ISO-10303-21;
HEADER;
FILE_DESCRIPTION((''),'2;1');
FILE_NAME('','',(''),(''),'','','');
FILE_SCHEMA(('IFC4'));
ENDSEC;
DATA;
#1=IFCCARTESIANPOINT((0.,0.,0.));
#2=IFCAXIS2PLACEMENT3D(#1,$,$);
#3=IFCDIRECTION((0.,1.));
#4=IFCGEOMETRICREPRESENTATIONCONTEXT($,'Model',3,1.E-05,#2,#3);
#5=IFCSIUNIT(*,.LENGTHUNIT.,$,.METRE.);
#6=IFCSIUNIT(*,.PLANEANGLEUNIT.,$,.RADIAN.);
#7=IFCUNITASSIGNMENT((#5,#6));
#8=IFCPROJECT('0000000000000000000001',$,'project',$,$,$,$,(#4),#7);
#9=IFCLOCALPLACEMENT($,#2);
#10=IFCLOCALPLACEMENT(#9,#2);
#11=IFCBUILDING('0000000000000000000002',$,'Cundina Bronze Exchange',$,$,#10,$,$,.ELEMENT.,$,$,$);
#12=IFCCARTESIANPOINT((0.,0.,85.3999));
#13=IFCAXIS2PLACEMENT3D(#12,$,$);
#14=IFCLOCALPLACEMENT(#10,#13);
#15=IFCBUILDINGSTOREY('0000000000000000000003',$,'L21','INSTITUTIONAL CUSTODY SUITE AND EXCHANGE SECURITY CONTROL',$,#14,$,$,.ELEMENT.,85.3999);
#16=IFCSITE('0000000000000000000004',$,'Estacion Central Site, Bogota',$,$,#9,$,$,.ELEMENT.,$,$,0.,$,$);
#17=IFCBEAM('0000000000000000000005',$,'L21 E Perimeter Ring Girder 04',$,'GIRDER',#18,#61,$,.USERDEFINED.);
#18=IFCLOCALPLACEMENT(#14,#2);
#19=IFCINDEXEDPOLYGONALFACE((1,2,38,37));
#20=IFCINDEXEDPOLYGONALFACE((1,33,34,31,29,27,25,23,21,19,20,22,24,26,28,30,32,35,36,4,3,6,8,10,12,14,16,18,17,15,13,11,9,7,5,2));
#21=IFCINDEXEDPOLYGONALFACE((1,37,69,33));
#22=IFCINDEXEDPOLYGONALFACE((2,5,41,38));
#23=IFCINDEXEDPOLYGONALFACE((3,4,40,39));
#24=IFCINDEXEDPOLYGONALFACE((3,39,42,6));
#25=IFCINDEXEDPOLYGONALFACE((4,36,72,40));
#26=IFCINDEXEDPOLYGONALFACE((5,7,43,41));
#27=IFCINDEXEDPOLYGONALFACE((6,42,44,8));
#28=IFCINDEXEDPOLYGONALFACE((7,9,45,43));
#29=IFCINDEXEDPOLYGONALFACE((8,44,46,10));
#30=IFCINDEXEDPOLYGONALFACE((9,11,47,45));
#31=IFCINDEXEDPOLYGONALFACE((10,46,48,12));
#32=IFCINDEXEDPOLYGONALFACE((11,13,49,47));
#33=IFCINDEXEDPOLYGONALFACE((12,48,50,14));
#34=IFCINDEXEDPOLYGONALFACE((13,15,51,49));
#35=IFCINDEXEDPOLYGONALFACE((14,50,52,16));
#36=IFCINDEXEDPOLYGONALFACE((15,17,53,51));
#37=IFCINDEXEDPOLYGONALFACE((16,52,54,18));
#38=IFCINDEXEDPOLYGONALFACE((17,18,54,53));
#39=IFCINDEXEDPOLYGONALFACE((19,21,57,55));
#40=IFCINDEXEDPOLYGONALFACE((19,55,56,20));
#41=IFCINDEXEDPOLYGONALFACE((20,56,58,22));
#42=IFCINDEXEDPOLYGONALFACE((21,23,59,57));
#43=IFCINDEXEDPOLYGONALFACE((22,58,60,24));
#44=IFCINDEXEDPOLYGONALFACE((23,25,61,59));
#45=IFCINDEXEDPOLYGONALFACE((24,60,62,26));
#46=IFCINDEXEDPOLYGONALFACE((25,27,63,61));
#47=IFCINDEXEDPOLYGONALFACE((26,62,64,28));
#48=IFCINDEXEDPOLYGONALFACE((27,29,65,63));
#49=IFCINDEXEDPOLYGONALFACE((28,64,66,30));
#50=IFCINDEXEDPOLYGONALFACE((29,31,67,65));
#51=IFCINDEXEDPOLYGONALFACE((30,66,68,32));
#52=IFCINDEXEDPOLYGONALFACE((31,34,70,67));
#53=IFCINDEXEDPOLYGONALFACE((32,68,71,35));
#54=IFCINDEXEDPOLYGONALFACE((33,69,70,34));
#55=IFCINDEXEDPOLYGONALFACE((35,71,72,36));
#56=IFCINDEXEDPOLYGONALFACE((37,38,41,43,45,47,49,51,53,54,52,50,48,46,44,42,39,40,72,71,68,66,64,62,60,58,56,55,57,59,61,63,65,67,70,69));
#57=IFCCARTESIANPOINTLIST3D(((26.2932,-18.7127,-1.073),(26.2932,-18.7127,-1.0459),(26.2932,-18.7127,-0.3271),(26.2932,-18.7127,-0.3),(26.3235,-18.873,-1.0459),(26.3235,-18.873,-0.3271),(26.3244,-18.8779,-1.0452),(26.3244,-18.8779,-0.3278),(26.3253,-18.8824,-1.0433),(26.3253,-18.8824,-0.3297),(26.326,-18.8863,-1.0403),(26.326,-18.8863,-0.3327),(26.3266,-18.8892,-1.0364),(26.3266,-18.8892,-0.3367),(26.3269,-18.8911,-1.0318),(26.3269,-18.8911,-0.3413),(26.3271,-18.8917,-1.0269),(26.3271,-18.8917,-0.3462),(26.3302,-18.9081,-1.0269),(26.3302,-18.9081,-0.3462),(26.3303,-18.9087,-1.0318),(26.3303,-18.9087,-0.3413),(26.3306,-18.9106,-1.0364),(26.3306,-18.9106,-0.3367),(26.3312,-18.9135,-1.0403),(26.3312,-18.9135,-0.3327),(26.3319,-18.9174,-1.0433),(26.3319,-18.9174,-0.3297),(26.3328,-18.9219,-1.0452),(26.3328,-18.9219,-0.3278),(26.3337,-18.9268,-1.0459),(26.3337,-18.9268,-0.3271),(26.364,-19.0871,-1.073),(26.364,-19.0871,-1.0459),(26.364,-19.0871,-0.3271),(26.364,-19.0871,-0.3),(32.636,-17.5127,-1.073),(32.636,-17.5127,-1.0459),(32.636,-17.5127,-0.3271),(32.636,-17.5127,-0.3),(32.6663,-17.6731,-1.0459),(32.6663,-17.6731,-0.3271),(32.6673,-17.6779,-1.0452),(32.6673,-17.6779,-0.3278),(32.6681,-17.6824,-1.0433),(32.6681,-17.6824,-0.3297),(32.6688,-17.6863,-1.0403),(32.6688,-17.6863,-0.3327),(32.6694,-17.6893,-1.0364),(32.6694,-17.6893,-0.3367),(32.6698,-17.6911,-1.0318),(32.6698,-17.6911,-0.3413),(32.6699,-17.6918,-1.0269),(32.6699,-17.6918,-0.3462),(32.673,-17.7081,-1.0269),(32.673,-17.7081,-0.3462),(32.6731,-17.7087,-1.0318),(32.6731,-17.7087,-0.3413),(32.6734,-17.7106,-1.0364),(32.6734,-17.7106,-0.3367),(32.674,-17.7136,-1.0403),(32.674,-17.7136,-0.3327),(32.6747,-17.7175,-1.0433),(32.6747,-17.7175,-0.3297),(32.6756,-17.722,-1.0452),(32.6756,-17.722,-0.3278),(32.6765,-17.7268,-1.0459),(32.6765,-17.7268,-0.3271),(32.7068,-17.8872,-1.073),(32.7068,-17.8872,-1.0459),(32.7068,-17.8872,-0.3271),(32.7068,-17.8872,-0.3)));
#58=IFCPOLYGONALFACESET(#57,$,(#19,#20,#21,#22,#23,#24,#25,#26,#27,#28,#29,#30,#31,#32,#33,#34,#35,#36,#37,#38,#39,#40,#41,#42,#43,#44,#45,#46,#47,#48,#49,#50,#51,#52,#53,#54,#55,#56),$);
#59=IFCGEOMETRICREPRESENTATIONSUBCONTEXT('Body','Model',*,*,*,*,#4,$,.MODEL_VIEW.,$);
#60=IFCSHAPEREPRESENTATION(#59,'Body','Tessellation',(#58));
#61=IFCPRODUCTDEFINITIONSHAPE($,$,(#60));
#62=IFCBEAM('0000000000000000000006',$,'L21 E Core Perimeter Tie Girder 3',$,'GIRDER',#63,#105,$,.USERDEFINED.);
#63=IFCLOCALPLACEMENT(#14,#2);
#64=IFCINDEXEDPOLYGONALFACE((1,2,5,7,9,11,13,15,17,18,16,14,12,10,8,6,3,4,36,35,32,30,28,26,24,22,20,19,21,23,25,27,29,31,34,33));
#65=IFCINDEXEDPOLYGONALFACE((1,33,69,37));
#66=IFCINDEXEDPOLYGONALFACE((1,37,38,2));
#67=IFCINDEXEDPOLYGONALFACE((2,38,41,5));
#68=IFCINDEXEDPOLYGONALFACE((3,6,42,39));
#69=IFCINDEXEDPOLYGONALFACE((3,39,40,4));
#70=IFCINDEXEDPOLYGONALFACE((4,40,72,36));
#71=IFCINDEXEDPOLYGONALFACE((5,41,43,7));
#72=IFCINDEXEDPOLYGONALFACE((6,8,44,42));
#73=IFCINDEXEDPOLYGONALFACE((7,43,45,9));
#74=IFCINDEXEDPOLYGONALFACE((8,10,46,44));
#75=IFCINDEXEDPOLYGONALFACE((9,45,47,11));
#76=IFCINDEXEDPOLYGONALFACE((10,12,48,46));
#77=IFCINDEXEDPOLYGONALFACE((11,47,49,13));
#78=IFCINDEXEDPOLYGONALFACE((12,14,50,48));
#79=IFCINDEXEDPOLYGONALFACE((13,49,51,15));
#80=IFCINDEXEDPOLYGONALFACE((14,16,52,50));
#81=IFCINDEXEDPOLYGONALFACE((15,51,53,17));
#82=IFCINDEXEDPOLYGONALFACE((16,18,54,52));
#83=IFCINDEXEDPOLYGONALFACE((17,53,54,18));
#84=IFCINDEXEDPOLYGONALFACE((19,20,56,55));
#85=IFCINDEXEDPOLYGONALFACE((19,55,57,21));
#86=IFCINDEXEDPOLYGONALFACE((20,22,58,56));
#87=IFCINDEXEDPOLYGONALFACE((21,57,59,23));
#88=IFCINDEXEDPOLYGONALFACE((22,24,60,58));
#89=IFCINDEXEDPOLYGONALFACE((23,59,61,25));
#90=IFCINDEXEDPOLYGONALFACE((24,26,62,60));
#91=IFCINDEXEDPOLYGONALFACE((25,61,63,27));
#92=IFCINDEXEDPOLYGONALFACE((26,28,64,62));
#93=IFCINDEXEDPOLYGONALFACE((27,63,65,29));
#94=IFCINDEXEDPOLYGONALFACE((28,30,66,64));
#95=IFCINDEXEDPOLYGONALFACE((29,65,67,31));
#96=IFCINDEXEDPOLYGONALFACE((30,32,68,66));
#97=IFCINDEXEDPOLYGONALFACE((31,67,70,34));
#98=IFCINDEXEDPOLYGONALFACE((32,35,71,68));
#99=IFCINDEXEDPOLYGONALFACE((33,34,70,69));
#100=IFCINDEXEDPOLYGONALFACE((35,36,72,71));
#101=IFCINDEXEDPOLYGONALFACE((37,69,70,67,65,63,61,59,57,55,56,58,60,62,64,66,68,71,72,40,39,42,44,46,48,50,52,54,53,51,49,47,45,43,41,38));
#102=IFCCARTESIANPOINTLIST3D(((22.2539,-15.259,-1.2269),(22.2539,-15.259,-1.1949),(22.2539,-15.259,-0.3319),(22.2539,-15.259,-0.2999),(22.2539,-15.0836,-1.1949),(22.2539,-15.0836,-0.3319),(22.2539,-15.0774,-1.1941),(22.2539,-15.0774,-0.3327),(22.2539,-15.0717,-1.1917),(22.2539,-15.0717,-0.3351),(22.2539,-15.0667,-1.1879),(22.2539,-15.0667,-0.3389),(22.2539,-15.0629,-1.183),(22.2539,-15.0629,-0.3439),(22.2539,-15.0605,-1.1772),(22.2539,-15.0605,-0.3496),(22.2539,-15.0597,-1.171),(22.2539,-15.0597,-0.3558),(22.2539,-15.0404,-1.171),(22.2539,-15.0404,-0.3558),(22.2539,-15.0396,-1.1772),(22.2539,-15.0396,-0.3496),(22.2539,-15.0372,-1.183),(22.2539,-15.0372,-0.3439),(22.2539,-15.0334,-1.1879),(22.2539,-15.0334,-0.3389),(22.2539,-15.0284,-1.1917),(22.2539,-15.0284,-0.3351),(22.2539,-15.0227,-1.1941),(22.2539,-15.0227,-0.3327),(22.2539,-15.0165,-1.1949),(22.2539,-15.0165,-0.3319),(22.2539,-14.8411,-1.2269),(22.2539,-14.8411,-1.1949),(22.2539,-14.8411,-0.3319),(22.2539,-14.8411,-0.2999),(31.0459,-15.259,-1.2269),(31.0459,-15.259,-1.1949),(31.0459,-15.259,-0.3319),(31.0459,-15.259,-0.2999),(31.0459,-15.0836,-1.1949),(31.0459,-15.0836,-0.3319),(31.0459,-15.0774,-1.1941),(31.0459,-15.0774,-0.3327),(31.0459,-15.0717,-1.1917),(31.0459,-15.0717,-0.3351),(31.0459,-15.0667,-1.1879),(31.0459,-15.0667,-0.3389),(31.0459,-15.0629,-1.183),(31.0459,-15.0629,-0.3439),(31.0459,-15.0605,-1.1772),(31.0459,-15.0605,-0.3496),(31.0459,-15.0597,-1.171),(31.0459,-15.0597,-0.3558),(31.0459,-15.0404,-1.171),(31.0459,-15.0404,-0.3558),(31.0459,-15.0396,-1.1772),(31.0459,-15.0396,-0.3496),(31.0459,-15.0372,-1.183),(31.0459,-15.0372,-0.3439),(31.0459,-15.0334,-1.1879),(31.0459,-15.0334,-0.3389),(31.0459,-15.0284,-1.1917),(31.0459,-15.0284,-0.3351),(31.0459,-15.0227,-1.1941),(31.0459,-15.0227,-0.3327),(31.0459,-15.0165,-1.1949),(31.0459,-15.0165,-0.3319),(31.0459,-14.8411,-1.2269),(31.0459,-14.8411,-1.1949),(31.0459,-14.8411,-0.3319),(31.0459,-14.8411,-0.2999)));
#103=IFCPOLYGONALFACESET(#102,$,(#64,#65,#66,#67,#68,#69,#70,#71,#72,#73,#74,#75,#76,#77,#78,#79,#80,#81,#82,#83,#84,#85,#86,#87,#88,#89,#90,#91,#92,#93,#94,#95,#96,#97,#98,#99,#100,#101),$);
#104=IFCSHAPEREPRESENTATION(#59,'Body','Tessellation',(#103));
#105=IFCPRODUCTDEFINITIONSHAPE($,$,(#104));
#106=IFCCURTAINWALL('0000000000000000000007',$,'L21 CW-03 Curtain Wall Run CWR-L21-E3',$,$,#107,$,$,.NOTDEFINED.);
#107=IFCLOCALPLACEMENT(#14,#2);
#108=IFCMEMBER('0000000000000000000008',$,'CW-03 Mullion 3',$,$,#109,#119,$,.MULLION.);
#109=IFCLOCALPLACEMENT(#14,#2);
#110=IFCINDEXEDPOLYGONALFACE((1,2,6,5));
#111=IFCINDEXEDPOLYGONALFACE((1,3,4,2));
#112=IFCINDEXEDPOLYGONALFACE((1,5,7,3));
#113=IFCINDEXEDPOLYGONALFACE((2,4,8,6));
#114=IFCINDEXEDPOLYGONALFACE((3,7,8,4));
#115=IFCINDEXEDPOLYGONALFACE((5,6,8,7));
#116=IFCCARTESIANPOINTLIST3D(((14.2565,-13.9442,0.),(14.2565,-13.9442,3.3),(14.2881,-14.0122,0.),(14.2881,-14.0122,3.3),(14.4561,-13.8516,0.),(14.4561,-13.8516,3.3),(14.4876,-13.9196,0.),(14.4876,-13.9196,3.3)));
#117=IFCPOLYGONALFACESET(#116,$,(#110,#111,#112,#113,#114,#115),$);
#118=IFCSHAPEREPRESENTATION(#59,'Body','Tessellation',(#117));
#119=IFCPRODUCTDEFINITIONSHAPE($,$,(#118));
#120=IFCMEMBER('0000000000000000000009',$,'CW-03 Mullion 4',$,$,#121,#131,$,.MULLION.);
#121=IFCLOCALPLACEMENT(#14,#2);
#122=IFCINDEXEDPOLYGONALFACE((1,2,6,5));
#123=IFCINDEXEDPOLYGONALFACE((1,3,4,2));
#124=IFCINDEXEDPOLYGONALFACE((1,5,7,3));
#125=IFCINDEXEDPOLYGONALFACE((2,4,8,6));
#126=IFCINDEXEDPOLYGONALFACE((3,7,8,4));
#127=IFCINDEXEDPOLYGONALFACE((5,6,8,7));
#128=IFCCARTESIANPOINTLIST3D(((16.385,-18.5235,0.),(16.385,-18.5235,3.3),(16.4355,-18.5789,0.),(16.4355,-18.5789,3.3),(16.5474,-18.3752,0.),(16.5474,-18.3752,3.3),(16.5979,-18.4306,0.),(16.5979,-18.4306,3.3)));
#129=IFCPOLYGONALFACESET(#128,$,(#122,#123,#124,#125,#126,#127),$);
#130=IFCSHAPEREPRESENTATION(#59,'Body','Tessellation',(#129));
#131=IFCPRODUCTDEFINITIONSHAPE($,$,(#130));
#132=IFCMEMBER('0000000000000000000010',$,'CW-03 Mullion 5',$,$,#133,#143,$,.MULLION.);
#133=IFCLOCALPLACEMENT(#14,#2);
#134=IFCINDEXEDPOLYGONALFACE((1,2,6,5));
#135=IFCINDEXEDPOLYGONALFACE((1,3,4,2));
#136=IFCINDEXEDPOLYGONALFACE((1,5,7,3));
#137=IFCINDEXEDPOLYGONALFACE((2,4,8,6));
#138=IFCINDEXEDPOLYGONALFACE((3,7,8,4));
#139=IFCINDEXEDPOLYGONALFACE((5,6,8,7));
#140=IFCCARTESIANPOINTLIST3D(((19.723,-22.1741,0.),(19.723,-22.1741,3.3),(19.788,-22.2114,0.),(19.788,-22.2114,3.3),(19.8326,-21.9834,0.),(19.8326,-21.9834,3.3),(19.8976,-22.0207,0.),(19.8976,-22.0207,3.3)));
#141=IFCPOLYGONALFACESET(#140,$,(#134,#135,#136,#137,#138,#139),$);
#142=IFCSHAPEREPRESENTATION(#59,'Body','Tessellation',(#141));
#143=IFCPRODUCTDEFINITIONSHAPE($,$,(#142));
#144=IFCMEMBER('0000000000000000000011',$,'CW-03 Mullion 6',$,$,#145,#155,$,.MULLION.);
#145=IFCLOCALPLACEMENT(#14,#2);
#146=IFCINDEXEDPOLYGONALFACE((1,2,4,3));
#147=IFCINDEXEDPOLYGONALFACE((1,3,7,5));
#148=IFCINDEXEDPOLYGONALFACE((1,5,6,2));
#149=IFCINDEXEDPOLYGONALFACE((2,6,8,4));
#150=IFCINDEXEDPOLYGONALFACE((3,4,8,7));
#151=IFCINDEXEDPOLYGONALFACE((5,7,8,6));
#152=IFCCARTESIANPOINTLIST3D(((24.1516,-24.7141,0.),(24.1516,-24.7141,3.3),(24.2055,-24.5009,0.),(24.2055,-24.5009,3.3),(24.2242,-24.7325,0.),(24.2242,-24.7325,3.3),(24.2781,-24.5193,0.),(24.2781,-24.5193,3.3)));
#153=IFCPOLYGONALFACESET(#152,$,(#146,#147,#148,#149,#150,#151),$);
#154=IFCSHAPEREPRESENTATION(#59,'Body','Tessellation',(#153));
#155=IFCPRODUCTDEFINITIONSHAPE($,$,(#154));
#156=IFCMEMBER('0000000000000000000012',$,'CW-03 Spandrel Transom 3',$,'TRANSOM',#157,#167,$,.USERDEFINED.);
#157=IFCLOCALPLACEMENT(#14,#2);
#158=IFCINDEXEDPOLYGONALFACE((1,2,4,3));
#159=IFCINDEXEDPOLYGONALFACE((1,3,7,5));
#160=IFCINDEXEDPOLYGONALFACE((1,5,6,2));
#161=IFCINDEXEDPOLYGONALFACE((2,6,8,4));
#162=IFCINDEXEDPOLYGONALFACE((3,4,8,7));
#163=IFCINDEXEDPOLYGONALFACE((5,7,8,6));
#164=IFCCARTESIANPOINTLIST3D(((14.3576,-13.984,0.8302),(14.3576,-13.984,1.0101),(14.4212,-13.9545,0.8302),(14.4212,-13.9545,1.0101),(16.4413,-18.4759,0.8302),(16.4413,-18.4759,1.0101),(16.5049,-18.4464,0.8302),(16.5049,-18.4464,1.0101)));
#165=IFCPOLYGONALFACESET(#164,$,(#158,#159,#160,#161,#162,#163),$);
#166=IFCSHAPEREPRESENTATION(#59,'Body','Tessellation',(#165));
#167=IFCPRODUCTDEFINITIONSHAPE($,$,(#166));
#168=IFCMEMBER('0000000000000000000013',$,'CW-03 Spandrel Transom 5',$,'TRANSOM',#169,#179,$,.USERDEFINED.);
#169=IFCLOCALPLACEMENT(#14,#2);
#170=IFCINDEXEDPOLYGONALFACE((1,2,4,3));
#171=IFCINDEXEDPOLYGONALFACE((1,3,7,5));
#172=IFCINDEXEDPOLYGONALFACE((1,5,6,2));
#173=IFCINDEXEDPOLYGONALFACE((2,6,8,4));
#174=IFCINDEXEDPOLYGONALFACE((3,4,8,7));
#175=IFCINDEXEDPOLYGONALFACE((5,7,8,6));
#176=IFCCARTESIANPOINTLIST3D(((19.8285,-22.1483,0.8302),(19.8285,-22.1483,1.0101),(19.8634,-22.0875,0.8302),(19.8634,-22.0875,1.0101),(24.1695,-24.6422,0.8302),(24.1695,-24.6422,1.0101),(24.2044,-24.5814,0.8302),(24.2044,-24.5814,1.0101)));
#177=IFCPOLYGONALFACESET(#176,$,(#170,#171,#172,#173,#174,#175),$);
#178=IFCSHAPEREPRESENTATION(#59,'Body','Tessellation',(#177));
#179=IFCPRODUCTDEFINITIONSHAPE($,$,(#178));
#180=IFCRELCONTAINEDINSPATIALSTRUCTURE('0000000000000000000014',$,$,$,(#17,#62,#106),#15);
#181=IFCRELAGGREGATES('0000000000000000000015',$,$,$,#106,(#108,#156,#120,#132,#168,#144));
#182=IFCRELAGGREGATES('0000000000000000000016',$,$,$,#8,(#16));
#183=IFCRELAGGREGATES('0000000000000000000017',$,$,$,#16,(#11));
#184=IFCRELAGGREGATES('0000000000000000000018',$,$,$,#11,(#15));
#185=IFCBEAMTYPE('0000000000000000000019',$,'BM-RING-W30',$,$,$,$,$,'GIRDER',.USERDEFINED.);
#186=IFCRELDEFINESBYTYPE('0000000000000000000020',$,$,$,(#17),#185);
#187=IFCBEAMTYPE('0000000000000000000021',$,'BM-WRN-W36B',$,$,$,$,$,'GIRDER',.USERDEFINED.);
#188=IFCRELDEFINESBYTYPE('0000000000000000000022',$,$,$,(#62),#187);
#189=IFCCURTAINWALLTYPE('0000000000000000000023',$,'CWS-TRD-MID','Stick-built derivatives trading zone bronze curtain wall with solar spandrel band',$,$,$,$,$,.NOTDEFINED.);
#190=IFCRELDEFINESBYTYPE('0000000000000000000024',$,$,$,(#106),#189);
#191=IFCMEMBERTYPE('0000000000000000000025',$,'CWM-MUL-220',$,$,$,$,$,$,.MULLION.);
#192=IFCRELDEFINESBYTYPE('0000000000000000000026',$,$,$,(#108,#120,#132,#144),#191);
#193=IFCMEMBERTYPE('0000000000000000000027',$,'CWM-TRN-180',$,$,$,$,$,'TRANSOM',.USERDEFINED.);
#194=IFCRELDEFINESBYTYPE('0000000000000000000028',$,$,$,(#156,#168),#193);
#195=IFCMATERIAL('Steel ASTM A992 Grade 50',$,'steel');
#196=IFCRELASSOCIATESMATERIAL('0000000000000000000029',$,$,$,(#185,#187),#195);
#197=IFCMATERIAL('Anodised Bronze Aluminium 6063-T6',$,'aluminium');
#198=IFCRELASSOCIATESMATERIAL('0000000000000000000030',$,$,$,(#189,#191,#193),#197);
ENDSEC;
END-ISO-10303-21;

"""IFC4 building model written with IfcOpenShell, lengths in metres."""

from ifc_helpers import new_model, si_unit, direction, frame, origin, origin_2d, place, context, subcontext, project, spatial, rectangle, i_section, extrude, material, material_profile, profile_set, type_object, element, aggregate, save


model = new_model("IFC4")

# Units and contexts
model_context = context("Model", 3, precision=1e-05, world=origin(), true_north=direction((0.0, 1.0)))
body_context = subcontext(model_context, "Body", "Model", "MODEL_VIEW")
ifc_project = project(units=[si_unit("LENGTHUNIT", "METRE"), si_unit("PLANEANGLEUNIT", "RADIAN")], contexts=[model_context])

# Site, building, storey
site_placement = place(None, origin())
site = spatial("IfcSite", under=ifc_project, at=site_placement, Name="Estacion Central Site, Bogota", CompositionType="ELEMENT", RefElevation=0.0)
building_placement = place(site_placement, origin())
building = spatial("IfcBuilding", under=site, at=building_placement, Name="Cundina Bronze Exchange", CompositionType="ELEMENT")
storey_placement = place(building_placement, frame((0.0, 0.0, 85.3999)))
storey = spatial("IfcBuildingStorey", under=building, at=storey_placement, Name="L21", Description="INSTITUTIONAL CUSTODY SUITE AND EXCHANGE SECURITY CONTROL", CompositionType="ELEMENT", Elevation=85.3999)

# Shared definitions
ifc_material_1 = material(Name="Steel ASTM A992 Grade 50", Category="steel")

# Beams
ifc_material_profile_1 = material_profile(ifc_material_1, i_section(OverallWidth=0.3811, OverallDepth=0.7729, WebThickness=0.0166, FlangeThickness=0.0271, FilletRadius=0.019, at=origin_2d()), Name="W30X173", Category="steel")
ifc_profile_set_1 = profile_set([ifc_material_profile_1], Name="Steel ASTM A992 Grade 50")
beam_type_1 = type_object("IfcBeamType", Name="BM-RING-W30", ElementType="GIRDER", PredefinedType="USERDEFINED", material=ifc_profile_set_1)
beam_1_placement = place(storey_placement, frame((26.3286, -18.8999, -0.6865), z_axis=(0.982571, 0.185887, 0.0), x_axis=(-0.185887, 0.982571, 0.0)))
element("IfcBeam", 1, at=beam_1_placement, inside=storey, type_object=beam_type_1, Name="L21 E Perimeter Ring Girder 04", ObjectType="GIRDER", PredefinedType="USERDEFINED", context=body_context, shape_type="SweptSolid", body=[
    extrude(i_section(OverallWidth=0.3811, OverallDepth=0.7729, WebThickness=0.0166, FlangeThickness=0.0271, FilletRadius=0.019, at=origin_2d()), origin(), (0.0, 0.0, 1.0), 6.4553),
])
ifc_material_profile_2 = material_profile(ifc_material_1, i_section(OverallWidth=0.418, OverallDepth=0.927, WebThickness=0.0193, FlangeThickness=0.032, FilletRadius=0.0239, at=origin_2d()), Name="W36X231", Category="steel")
ifc_profile_set_2 = profile_set([ifc_material_profile_2], Name="Steel ASTM A992 Grade 50")
beam_type_2 = type_object("IfcBeamType", Name="BM-WRN-W36B", ElementType="GIRDER", PredefinedType="USERDEFINED", material=ifc_profile_set_2)
beam_2_placement = place(storey_placement, frame((22.2539, -15.05, -0.7634), z_axis=(1.0, 0.0, 0.0), x_axis=(0.0, 1.0, 0.0)))
element("IfcBeam", 2, at=beam_2_placement, inside=storey, type_object=beam_type_2, Name="L21 E Core Perimeter Tie Girder 3", ObjectType="GIRDER", PredefinedType="USERDEFINED", context=body_context, shape_type="SweptSolid", body=[
    extrude(i_section(OverallWidth=0.418, OverallDepth=0.927, WebThickness=0.0193, FlangeThickness=0.032, FilletRadius=0.0239, at=origin_2d()), origin(), (0.0, 0.0, 1.0), 8.792),
])

# Curtain wall, members
ifc_material_2 = material(Name="Anodised Bronze Aluminium 6063-T6", Category="aluminium")
curtain_wall_type = type_object("IfcCurtainWallType", Name="CWS-TRD-MID", Description="Stick-built derivatives trading zone bronze curtain wall with solar spandrel band", PredefinedType="NOTDEFINED", material=ifc_material_2)
curtain_wall_placement = place(storey_placement, origin())
curtain_wall = element("IfcCurtainWall", 3, at=curtain_wall_placement, inside=storey, type_object=curtain_wall_type, Name="L21 CW-03 Curtain Wall Run CWR-L21-E3", PredefinedType="NOTDEFINED")
ifc_material_profile_3 = material_profile(ifc_material_2, rectangle(XDim=0.075, YDim=0.22, at=origin_2d()), Name="AL75X220", Category="aluminium")
ifc_profile_set_3 = profile_set([ifc_material_profile_3], Name="Anodised Bronze Aluminium 6063-T6")
member_type_1 = type_object("IfcMemberType", Name="CWM-MUL-220", PredefinedType="MULLION", material=ifc_profile_set_3)
member_1_placement = place(storey_placement, frame((14.3721, -13.9319, 0.0), z_axis=(0.0, 0.0, 1.0), x_axis=(0.420877, -0.907117, 0.0)))
member_1 = element("IfcMember", 4, at=member_1_placement, type_object=member_type_1, Name="CW-03 Mullion 3", PredefinedType="MULLION", context=body_context, shape_type="SweptSolid", body=[
    extrude(rectangle(XDim=0.075, YDim=0.22, at=origin_2d()), origin(), (0.0, 0.0, 1.0), 3.3),
])
member_2_placement = place(storey_placement, frame((16.4915, -18.4771, 0.0), z_axis=(0.0, 0.0, 1.0), x_axis=(0.674302, -0.738455, 0.0)))
member_2 = element("IfcMember", 5, at=member_2_placement, type_object=member_type_1, Name="CW-03 Mullion 4", PredefinedType="MULLION", context=body_context, shape_type="SweptSolid", body=[
    extrude(rectangle(XDim=0.075, YDim=0.22, at=origin_2d()), origin(), (0.0, 0.0, 1.0), 3.3),
])
member_3_placement = place(storey_placement, frame((19.8103, -22.0974, 0.0), z_axis=(0.0, 0.0, 1.0), x_axis=(0.867071, -0.498185, 0.0)))
member_3 = element("IfcMember", 6, at=member_3_placement, type_object=member_type_1, Name="CW-03 Mullion 5", PredefinedType="MULLION", context=body_context, shape_type="SweptSolid", body=[
    extrude(rectangle(XDim=0.075, YDim=0.22, at=origin_2d()), origin(), (0.0, 0.0, 1.0), 3.3),
])
member_4_placement = place(storey_placement, frame((24.2148, -24.6167, 0.0), z_axis=(0.0, 0.0, 1.0), x_axis=(0.969488, -0.245138, 0.0)))
member_4 = element("IfcMember", 7, at=member_4_placement, type_object=member_type_1, Name="CW-03 Mullion 6", PredefinedType="MULLION", context=body_context, shape_type="SweptSolid", body=[
    extrude(rectangle(XDim=0.075, YDim=0.22, at=origin_2d()), origin(), (0.0, 0.0, 1.0), 3.3),
])
ifc_material_profile_4 = material_profile(ifc_material_2, rectangle(XDim=0.0701, YDim=0.1799, at=origin_2d()), Name="AL70X180", Category="aluminium")
ifc_profile_set_4 = profile_set([ifc_material_profile_4], Name="Anodised Bronze Aluminium 6063-T6")
member_type_2 = type_object("IfcMemberType", Name="CWM-TRN-180", ElementType="TRANSOM", PredefinedType="USERDEFINED", material=ifc_profile_set_4)
member_5_placement = place(storey_placement, frame((14.3894, -13.9692, 0.9202), z_axis=(0.420811, -0.907148, 0.0), x_axis=(0.907148, 0.420811, 0.0)))
member_5 = element("IfcMember", 8, at=member_5_placement, type_object=member_type_2, Name="CW-03 Spandrel Transom 3", ObjectType="TRANSOM", PredefinedType="USERDEFINED", context=body_context, shape_type="SweptSolid", body=[
    extrude(rectangle(XDim=0.0701, YDim=0.1799, at=origin_2d()), origin(), (0.0, 0.0, 1.0), 4.9517),
])
member_6_placement = place(storey_placement, frame((19.8459, -22.1179, 0.9202), z_axis=(0.867097, -0.498139, 0.0), x_axis=(0.498139, 0.867097, 0.0)))
member_6 = element("IfcMember", 9, at=member_6_placement, type_object=member_type_2, Name="CW-03 Spandrel Transom 5", ObjectType="TRANSOM", PredefinedType="USERDEFINED", context=body_context, shape_type="SweptSolid", body=[
    extrude(rectangle(XDim=0.0701, YDim=0.1799, at=origin_2d()), origin(), (0.0, 0.0, 1.0), 5.0063),
])
aggregate(curtain_wall, [member_1, member_5, member_2, member_3, member_6, member_4])

save(model, "model.ifc")
